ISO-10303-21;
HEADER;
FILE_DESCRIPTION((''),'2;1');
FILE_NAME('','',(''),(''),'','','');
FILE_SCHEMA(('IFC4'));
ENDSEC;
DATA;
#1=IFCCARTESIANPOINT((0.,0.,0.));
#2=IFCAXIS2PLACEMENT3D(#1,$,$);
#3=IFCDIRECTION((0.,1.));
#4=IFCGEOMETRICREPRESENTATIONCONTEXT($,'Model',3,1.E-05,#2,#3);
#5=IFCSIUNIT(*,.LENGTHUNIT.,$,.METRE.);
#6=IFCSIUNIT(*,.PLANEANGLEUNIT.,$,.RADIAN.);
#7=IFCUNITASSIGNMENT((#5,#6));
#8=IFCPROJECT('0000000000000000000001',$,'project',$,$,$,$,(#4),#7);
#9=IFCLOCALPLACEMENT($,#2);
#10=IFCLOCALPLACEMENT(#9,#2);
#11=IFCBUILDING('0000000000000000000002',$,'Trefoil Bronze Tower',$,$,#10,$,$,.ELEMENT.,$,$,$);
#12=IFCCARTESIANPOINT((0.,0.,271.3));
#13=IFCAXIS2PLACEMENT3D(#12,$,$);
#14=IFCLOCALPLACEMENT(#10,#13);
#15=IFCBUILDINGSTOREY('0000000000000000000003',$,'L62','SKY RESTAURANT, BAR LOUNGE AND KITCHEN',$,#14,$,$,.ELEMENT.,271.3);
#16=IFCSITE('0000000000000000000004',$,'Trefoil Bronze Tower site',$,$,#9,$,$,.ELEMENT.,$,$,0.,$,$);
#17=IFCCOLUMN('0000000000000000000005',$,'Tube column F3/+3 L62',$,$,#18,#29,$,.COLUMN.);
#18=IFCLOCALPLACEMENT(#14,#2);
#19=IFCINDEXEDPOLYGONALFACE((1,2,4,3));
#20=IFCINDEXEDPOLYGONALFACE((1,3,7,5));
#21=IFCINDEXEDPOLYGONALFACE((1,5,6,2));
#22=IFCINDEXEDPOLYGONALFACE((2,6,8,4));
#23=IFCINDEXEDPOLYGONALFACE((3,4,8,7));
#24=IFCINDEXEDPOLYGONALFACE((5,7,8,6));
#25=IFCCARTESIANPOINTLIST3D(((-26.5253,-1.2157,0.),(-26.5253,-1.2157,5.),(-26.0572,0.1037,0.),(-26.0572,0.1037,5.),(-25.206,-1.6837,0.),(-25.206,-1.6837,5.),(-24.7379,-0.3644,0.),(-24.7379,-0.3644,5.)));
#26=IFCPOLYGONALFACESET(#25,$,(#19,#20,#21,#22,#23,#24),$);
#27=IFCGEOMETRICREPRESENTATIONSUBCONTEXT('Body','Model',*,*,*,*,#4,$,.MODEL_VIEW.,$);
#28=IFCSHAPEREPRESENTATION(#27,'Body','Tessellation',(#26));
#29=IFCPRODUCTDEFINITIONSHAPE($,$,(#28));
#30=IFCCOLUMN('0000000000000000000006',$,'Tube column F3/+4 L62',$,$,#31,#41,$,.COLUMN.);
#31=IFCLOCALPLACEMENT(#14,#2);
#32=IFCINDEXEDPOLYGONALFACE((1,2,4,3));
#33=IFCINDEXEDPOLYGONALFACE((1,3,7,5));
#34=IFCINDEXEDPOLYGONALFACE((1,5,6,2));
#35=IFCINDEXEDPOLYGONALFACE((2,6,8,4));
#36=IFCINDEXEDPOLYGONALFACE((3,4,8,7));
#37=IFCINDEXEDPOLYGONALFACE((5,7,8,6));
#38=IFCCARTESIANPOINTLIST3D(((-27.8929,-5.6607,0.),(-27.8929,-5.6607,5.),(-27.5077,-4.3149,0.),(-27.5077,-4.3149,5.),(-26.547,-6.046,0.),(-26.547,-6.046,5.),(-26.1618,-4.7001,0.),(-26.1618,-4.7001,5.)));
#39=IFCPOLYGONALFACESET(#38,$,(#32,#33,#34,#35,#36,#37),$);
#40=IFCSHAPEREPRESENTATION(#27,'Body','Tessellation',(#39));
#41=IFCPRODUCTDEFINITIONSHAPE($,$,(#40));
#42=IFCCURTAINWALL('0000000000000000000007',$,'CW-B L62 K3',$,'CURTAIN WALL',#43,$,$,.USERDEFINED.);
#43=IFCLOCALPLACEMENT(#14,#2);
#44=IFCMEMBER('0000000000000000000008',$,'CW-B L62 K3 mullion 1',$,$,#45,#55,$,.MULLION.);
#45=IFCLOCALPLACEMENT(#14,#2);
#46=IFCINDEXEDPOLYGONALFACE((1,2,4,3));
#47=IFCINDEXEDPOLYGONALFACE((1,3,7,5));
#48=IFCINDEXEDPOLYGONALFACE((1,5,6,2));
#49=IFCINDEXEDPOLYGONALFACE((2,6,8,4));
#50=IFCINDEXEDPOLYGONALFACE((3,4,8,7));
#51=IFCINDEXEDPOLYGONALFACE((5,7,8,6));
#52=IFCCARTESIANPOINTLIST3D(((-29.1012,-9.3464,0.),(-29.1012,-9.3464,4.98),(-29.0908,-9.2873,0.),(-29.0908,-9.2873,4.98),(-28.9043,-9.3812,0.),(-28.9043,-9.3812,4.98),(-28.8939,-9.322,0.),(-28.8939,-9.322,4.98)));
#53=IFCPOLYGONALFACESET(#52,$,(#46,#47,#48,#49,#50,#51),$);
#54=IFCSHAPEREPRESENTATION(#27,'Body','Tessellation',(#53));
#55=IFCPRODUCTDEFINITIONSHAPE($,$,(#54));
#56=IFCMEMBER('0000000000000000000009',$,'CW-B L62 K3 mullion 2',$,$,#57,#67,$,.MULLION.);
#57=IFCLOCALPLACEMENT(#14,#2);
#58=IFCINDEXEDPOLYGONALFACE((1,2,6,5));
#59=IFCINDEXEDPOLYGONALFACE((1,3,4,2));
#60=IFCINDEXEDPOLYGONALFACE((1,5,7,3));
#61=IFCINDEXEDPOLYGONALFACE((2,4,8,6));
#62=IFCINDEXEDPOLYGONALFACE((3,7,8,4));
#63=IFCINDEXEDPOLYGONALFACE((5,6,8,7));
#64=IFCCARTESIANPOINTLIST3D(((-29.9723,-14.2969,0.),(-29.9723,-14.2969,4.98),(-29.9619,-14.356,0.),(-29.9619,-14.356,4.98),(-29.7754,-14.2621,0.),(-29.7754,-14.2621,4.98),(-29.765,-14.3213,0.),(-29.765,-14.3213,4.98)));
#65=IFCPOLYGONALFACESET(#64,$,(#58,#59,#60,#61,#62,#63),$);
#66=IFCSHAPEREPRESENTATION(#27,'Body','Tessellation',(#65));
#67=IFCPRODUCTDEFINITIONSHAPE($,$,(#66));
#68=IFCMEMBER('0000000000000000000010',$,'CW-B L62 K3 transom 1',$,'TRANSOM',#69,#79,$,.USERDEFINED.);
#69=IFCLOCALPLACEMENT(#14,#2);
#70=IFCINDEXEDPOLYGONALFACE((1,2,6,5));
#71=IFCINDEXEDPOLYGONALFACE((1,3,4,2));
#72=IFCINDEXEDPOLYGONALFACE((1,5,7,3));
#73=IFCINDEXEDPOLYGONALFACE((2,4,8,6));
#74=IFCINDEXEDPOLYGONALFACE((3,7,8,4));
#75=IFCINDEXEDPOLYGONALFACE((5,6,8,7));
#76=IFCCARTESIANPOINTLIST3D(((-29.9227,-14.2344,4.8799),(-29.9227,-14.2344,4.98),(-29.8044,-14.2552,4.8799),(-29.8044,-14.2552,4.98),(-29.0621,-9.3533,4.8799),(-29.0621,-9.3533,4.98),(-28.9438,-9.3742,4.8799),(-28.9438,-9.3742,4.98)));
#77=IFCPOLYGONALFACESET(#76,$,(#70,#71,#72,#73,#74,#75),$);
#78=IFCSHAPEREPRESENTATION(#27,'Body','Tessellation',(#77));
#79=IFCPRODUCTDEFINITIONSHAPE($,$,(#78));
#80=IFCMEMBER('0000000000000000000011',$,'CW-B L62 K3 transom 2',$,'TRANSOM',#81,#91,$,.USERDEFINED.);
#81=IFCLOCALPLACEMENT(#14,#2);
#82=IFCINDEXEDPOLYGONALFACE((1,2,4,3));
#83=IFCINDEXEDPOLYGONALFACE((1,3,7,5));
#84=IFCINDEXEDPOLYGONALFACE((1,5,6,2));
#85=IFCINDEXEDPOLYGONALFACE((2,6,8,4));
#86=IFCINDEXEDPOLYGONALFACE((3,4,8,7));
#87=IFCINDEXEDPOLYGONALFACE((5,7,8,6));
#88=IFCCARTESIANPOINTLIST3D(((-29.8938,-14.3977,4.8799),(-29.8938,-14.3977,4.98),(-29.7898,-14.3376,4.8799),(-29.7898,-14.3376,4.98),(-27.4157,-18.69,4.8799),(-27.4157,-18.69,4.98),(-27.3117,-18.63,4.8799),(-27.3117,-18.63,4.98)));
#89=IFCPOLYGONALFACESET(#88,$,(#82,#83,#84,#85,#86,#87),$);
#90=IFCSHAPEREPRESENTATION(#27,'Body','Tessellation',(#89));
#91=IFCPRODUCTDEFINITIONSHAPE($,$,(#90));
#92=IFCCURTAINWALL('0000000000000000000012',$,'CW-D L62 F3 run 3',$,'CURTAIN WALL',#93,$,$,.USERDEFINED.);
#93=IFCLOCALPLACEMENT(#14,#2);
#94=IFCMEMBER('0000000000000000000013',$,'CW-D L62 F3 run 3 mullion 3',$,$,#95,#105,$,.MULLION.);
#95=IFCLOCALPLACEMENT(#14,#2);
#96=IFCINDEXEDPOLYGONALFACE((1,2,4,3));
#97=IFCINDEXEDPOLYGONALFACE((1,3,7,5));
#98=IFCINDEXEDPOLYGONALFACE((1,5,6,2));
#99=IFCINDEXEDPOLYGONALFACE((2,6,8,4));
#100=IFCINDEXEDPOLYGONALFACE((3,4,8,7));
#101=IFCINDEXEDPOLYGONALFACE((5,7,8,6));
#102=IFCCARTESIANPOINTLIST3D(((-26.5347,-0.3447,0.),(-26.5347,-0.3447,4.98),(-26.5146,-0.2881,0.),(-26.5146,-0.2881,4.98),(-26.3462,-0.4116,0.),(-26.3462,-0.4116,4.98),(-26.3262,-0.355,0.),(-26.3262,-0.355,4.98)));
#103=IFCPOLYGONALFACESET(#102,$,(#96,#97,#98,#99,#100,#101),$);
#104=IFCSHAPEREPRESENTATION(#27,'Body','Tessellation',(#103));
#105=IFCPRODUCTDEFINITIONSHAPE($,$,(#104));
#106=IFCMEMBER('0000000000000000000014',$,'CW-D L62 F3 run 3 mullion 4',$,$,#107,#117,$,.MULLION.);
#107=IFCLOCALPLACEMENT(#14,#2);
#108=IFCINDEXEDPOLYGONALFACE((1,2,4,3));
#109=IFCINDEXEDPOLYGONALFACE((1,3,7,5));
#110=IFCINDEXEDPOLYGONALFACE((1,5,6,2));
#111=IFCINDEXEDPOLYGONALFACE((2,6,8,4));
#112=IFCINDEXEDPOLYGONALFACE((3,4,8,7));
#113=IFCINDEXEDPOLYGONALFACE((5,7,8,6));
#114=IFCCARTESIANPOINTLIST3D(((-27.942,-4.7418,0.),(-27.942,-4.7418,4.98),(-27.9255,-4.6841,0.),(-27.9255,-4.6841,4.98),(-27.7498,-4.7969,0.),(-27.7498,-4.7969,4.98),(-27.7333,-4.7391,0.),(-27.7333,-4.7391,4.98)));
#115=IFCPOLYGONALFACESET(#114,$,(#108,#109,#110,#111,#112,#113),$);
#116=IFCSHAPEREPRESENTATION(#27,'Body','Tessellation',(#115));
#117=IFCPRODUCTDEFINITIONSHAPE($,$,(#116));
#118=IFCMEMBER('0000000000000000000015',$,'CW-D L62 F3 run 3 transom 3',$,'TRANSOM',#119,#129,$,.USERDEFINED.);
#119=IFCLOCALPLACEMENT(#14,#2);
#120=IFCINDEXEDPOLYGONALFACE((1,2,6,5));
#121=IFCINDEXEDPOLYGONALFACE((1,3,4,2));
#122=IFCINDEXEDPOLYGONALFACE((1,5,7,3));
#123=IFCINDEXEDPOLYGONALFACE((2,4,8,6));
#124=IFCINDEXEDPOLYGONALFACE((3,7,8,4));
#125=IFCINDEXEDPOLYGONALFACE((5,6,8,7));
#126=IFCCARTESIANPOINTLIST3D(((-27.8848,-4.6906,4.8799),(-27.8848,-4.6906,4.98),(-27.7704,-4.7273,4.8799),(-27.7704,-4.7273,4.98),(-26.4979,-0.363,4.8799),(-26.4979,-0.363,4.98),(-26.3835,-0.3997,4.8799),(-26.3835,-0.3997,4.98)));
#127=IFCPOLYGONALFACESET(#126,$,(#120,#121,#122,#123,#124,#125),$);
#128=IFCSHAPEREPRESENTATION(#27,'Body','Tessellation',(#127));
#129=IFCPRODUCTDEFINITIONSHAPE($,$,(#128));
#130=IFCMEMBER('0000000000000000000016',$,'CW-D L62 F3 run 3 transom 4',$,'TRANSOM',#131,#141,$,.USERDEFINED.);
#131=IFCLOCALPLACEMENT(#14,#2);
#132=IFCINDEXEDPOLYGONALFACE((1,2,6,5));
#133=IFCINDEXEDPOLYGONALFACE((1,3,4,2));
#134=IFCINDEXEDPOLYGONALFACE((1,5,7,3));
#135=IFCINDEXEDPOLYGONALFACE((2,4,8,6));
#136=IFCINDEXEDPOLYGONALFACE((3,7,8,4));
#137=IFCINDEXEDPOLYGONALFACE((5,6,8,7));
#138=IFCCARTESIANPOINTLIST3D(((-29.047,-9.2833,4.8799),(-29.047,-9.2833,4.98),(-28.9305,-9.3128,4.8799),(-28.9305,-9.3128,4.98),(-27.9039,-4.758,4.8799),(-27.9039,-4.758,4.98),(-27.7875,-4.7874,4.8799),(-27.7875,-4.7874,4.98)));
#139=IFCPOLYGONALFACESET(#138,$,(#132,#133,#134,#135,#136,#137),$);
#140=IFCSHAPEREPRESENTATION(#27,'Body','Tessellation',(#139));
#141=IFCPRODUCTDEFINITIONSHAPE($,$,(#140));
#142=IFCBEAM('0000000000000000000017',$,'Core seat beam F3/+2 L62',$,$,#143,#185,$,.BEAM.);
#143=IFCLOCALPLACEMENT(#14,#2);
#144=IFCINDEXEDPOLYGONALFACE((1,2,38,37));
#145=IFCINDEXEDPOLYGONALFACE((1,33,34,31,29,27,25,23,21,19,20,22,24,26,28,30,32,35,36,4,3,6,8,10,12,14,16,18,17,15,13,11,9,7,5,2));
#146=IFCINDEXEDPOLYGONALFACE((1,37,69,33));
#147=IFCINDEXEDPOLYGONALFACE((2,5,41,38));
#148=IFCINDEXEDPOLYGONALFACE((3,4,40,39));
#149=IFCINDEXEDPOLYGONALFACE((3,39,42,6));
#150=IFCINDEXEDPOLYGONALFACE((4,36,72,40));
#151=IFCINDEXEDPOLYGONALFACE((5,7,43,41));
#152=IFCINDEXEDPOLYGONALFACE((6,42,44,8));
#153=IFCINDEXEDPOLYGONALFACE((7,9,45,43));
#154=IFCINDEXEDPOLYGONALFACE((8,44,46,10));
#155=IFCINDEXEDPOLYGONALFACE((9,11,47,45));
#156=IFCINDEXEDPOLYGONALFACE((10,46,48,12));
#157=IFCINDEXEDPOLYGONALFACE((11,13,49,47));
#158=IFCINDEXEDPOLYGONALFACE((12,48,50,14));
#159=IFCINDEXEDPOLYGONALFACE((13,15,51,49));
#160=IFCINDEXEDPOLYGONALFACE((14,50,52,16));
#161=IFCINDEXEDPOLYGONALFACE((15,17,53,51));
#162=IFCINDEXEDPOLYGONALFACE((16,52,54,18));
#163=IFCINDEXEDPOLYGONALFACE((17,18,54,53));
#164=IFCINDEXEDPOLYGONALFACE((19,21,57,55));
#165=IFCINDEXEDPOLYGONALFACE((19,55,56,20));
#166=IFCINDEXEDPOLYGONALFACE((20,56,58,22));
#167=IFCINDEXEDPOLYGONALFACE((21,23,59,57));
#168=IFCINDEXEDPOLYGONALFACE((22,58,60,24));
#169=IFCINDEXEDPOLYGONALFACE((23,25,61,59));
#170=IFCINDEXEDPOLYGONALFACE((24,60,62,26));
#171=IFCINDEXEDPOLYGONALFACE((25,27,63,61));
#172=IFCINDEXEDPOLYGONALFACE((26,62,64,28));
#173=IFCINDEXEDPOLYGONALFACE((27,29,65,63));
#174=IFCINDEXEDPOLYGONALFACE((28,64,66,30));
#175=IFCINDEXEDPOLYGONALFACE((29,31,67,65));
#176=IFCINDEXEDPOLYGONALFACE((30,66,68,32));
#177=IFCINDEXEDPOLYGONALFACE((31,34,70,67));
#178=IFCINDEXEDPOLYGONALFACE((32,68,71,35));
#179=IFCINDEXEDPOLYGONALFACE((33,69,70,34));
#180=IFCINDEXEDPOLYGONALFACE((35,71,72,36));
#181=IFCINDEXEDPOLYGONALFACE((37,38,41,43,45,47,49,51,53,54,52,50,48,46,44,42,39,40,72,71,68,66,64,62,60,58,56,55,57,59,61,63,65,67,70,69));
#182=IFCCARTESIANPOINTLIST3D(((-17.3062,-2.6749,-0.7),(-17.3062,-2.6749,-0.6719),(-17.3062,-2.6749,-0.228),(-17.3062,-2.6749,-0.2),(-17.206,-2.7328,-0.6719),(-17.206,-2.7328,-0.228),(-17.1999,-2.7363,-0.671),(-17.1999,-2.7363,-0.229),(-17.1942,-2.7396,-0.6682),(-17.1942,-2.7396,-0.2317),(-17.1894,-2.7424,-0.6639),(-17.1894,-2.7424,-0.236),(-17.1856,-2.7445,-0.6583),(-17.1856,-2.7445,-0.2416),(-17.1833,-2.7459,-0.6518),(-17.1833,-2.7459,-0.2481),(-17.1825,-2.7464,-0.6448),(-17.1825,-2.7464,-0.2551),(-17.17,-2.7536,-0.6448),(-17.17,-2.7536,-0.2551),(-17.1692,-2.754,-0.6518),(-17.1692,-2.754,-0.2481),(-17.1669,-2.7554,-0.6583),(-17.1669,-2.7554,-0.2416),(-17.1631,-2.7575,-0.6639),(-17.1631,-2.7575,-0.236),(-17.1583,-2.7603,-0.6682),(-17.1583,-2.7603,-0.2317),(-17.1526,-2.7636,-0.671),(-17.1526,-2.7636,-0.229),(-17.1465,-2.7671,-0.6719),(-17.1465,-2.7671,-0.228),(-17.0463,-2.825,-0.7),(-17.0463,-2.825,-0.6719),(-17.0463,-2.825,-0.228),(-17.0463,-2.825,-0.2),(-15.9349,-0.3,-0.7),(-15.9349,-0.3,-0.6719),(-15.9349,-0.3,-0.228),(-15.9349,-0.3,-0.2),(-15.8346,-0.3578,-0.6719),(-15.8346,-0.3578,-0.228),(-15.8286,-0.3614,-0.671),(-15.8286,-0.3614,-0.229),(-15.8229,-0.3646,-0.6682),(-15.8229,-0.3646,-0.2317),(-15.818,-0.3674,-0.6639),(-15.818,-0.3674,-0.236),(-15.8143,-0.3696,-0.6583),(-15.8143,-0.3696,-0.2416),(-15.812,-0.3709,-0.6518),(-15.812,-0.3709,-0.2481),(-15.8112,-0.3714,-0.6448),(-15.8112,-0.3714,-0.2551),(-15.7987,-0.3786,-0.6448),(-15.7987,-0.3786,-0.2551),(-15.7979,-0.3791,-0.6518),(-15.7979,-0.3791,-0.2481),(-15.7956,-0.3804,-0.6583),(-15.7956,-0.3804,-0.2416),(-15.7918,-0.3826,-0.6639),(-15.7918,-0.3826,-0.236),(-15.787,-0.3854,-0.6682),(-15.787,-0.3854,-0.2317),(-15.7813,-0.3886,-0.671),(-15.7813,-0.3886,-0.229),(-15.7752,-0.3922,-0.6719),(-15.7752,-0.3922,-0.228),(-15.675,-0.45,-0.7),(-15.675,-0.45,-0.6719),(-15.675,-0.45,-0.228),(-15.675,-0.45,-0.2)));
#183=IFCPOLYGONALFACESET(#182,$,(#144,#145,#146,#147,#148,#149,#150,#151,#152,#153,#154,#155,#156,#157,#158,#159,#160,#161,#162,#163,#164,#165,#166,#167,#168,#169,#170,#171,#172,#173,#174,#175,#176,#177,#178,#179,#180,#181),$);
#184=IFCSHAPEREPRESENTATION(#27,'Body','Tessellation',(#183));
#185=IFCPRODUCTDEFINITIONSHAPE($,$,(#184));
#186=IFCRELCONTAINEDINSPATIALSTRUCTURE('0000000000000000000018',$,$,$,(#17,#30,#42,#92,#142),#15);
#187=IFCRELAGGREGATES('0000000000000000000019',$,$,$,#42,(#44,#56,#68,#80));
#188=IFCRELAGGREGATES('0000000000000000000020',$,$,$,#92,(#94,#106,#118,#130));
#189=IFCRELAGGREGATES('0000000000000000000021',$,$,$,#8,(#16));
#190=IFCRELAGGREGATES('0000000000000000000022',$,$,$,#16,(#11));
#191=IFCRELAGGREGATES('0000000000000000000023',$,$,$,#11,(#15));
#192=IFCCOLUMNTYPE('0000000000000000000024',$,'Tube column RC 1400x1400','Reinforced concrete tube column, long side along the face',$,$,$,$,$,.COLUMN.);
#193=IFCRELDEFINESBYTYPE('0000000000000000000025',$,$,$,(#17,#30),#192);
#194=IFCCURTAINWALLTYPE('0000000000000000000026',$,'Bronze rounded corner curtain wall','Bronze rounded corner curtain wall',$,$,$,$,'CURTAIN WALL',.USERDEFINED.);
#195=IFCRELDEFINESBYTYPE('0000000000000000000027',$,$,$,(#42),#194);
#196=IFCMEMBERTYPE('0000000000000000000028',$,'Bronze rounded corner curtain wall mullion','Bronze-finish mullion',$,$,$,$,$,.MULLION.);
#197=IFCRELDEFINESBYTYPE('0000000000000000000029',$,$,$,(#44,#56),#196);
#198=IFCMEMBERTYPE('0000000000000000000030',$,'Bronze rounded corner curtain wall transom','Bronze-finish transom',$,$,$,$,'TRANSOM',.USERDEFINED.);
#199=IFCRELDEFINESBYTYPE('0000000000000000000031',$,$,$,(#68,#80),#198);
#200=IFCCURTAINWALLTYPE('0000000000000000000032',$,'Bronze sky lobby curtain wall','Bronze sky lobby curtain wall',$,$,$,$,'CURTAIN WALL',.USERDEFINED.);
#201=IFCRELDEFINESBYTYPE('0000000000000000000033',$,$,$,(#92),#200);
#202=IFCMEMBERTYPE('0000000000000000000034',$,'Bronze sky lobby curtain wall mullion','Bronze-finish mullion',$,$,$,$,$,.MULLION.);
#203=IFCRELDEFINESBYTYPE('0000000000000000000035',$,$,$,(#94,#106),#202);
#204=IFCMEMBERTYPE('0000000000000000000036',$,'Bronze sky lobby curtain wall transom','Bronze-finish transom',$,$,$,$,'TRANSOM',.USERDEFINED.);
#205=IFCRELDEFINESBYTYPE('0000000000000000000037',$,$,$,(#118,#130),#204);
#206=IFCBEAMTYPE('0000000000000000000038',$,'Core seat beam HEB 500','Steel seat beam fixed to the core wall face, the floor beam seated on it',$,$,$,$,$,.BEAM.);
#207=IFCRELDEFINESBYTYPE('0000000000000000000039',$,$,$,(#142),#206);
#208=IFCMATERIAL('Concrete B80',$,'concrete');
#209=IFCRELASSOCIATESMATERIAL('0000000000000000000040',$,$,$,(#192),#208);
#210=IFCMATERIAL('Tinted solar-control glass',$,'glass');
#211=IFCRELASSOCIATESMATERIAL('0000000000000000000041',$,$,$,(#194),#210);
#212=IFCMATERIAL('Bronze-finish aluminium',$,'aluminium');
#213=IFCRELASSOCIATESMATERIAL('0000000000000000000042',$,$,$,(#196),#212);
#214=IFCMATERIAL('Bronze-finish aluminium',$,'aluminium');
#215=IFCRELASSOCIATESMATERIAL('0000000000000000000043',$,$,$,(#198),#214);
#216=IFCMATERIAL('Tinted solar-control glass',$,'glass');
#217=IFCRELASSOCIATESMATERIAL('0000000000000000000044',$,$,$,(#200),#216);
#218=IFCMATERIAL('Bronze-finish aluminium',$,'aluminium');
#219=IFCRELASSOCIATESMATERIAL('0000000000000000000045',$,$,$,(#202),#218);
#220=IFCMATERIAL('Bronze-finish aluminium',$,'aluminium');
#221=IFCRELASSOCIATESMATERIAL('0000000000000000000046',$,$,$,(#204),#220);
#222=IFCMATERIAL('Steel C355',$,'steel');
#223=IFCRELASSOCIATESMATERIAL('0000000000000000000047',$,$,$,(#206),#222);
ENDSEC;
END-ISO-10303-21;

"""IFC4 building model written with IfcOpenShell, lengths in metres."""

from ifc_helpers import new_model, si_unit, direction, frame, origin, origin_2d, place, context, subcontext, project, spatial, rectangle, i_section, extrude, material, material_profile, profile_set, type_object, element, aggregate, save


model = new_model("IFC4")

# Units and contexts
model_context = context("Model", 3, precision=1e-05, world=origin(), true_north=direction((0.0, 1.0)))
body_context = subcontext(model_context, "Body", "Model", "MODEL_VIEW")
ifc_project = project(units=[si_unit("LENGTHUNIT", "METRE"), si_unit("PLANEANGLEUNIT", "RADIAN")], contexts=[model_context])

# Site, building, storey
site_placement = place(None, origin())
site = spatial("IfcSite", under=ifc_project, at=site_placement, Name="Trefoil Bronze Tower site", CompositionType="ELEMENT", RefElevation=0.0)
building_placement = place(site_placement, origin())
building = spatial("IfcBuilding", under=site, at=building_placement, Name="Trefoil Bronze Tower", CompositionType="ELEMENT")
storey_placement = place(building_placement, frame((0.0, 0.0, 271.3)))
storey = spatial("IfcBuildingStorey", under=building, at=storey_placement, Name="L62", Description="SKY RESTAURANT, BAR LOUNGE AND KITCHEN", CompositionType="ELEMENT", Elevation=271.3)

# Columns
ifc_material_1 = material(Name="Concrete B80", Category="concrete")
ifc_material_profile_1 = material_profile(ifc_material_1, rectangle(XDim=1.3999, YDim=1.3999, at=origin_2d()), Name="RC 1400x1400")
ifc_profile_set_1 = profile_set([ifc_material_profile_1], Name="Concrete B80")
column_type = type_object("IfcColumnType", Name="Tube column RC 1400x1400", Description="Reinforced concrete tube column, long side along the face", PredefinedType="COLUMN", material=ifc_profile_set_1)
for number, where, z_axis, x_axis, name in (
    (1, (-25.6316, -0.79, 0.0), (0.0, 0.0, 1.0), (-0.334352, -0.942448, 0.0), "Tube column F3/+3 L62"),
    (2, (-27.0273, -5.1804, 0.0), (0.0, 0.0, 1.0), (-0.275169, -0.961396, 0.0), "Tube column F3/+4 L62"),
):
    element("IfcColumn", number, at=place(storey_placement, frame(where, z_axis=z_axis, x_axis=x_axis)), inside=storey, type_object=column_type, Name=name, PredefinedType="COLUMN", context=body_context, shape_type="SweptSolid", body=[
        extrude(rectangle(XDim=1.3999, YDim=1.3999, at=origin_2d()), origin(), (0.0, 0.0, 1.0), 5.0),
    ])

# Curtain walls, members
ifc_material_2 = material(Name="Tinted solar-control glass", Category="glass")
curtain_wall_type_1 = type_object("IfcCurtainWallType", Name="Bronze rounded corner curtain wall", Description="Bronze rounded corner curtain wall", ElementType="CURTAIN WALL", PredefinedType="USERDEFINED", material=ifc_material_2)
curtain_wall_1_placement = place(storey_placement, origin())
curtain_wall_1 = element("IfcCurtainWall", 3, at=curtain_wall_1_placement, inside=storey, type_object=curtain_wall_type_1, Name="CW-B L62 K3", ObjectType="CURTAIN WALL", PredefinedType="USERDEFINED")
ifc_material_3 = material(Name="Bronze-finish aluminium", Category="aluminium")
ifc_material_profile_2 = material_profile(ifc_material_3, rectangle(XDim=0.2, YDim=0.0601, at=origin_2d()), Name="CW-B mullion")
ifc_profile_set_2 = profile_set([ifc_material_profile_2], Name="Bronze-finish aluminium")
member_type_1 = type_object("IfcMemberType", Name="Bronze rounded corner curtain wall mullion", Description="Bronze-finish mullion", PredefinedType="MULLION", material=ifc_profile_set_2)
member_1_placement = place(storey_placement, frame((-28.9976, -9.3342, 0.0), z_axis=(0.0, 0.0, 1.0), x_axis=(0.984808, -0.173648, 0.0)))
member_1 = element("IfcMember", 4, at=member_1_placement, type_object=member_type_1, Name="CW-B L62 K3 mullion 1", PredefinedType="MULLION", context=body_context, shape_type="SweptSolid", body=[
    extrude(rectangle(XDim=0.2, YDim=0.0601, at=origin_2d()), origin(), (0.0, 0.0, 1.0), 4.98),
])
member_2_placement = place(storey_placement, frame((-29.8687, -14.3091, 0.0), z_axis=(0.0, 0.0, 1.0), x_axis=(0.984808, 0.173648, 0.0)))
member_2 = element("IfcMember", 5, at=member_2_placement, type_object=member_type_1, Name="CW-B L62 K3 mullion 2", PredefinedType="MULLION", context=body_context, shape_type="SweptSolid", body=[
    extrude(rectangle(XDim=0.2, YDim=0.0601, at=origin_2d()), origin(), (0.0, 0.0, 1.0), 4.98),
])
ifc_material_4 = material(Name="Bronze-finish aluminium", Category="aluminium")
ifc_material_profile_3 = material_profile(ifc_material_4, rectangle(XDim=0.1201, YDim=0.1001, at=origin_2d()), Name="CW-B transom")
ifc_profile_set_3 = profile_set([ifc_material_profile_3], Name="Bronze-finish aluminium")
member_type_2 = type_object("IfcMemberType", Name="Bronze rounded corner curtain wall transom", Description="Bronze-finish transom", ElementType="TRANSOM", PredefinedType="USERDEFINED", material=ifc_profile_set_3)
member_3_placement = place(storey_placement, frame((-29.0029, -9.3638, 4.9299), z_axis=(-0.173634, -0.98481, 0.0), x_axis=(0.98481, -0.173634, 0.0)))
member_3 = element("IfcMember", 6, at=member_3_placement, type_object=member_type_2, Name="CW-B L62 K3 transom 1", ObjectType="TRANSOM", PredefinedType="USERDEFINED", context=body_context, shape_type="SweptSolid", body=[
    extrude(rectangle(XDim=0.1201, YDim=0.1001, at=origin_2d()), origin(), (0.0, 0.0, 1.0), 4.9563),
])
member_4_placement = place(storey_placement, frame((-29.8418, -14.3677, 4.9299), z_axis=(0.499985, -0.866034, 0.0), x_axis=(0.866034, 0.499985, 0.0)))
member_4 = element("IfcMember", 7, at=member_4_placement, type_object=member_type_2, Name="CW-B L62 K3 transom 2", ObjectType="TRANSOM", PredefinedType="USERDEFINED", context=body_context, shape_type="SweptSolid", body=[
    extrude(rectangle(XDim=0.1201, YDim=0.1001, at=origin_2d()), origin(), (0.0, 0.0, 1.0), 4.9563),
])
ifc_material_5 = material(Name="Tinted solar-control glass", Category="glass")
curtain_wall_type_2 = type_object("IfcCurtainWallType", Name="Bronze sky lobby curtain wall", Description="Bronze sky lobby curtain wall", ElementType="CURTAIN WALL", PredefinedType="USERDEFINED", material=ifc_material_5)
curtain_wall_2_placement = place(storey_placement, origin())
curtain_wall_2 = element("IfcCurtainWall", 8, at=curtain_wall_2_placement, inside=storey, type_object=curtain_wall_type_2, Name="CW-D L62 F3 run 3", ObjectType="CURTAIN WALL", PredefinedType="USERDEFINED")
ifc_material_6 = material(Name="Bronze-finish aluminium", Category="aluminium")
ifc_material_profile_4 = material_profile(ifc_material_6, rectangle(XDim=0.2, YDim=0.0601, at=origin_2d()), Name="CW-D mullion")
ifc_profile_set_4 = profile_set([ifc_material_profile_4], Name="Bronze-finish aluminium")
member_type_3 = type_object("IfcMemberType", Name="Bronze sky lobby curtain wall mullion", Description="Bronze-finish mullion", PredefinedType="MULLION", material=ifc_profile_set_4)
member_5_placement = place(storey_placement, frame((-26.4304, -0.3499, 0.0), z_axis=(0.0, 0.0, 1.0), x_axis=(0.942448, -0.334352, 0.0)))
member_5 = element("IfcMember", 9, at=member_5_placement, type_object=member_type_3, Name="CW-D L62 F3 run 3 mullion 3", PredefinedType="MULLION", context=body_context, shape_type="SweptSolid", body=[
    extrude(rectangle(XDim=0.2, YDim=0.0601, at=origin_2d()), origin(), (0.0, 0.0, 1.0), 4.98),
])
member_6_placement = place(storey_placement, frame((-27.8376, -4.7405, 0.0), z_axis=(0.0, 0.0, 1.0), x_axis=(0.961396, -0.275169, 0.0)))
member_6 = element("IfcMember", 10, at=member_6_placement, type_object=member_type_3, Name="CW-D L62 F3 run 3 mullion 4", PredefinedType="MULLION", context=body_context, shape_type="SweptSolid", body=[
    extrude(rectangle(XDim=0.2, YDim=0.0601, at=origin_2d()), origin(), (0.0, 0.0, 1.0), 4.98),
])
ifc_material_7 = material(Name="Bronze-finish aluminium", Category="aluminium")
ifc_material_profile_5 = material_profile(ifc_material_7, rectangle(XDim=0.1201, YDim=0.1001, at=origin_2d()), Name="CW-D transom")
ifc_profile_set_5 = profile_set([ifc_material_profile_5], Name="Bronze-finish aluminium")
member_type_4 = type_object("IfcMemberType", Name="Bronze sky lobby curtain wall transom", Description="Bronze-finish transom", ElementType="TRANSOM", PredefinedType="USERDEFINED", material=ifc_profile_set_5)
member_7_placement = place(storey_placement, frame((-26.4407, -0.3813, 4.9299), z_axis=(-0.305199, -0.952289, 0.0), x_axis=(0.952289, -0.305199, 0.0)))
member_7 = element("IfcMember", 11, at=member_7_placement, type_object=member_type_4, Name="CW-D L62 F3 run 3 transom 3", ObjectType="TRANSOM", PredefinedType="USERDEFINED", context=body_context, shape_type="SweptSolid", body=[
    extrude(rectangle(XDim=0.1201, YDim=0.1001, at=origin_2d()), origin(), (0.0, 0.0, 1.0), 4.5444),
])
member_8_placement = place(storey_placement, frame((-27.8457, -4.7727, 4.9299), z_axis=(-0.244898, -0.969549, 0.0), x_axis=(0.969549, -0.244898, 0.0)))
member_8 = element("IfcMember", 12, at=member_8_placement, type_object=member_type_4, Name="CW-D L62 F3 run 3 transom 4", ObjectType="TRANSOM", PredefinedType="USERDEFINED", context=body_context, shape_type="SweptSolid", body=[
    extrude(rectangle(XDim=0.1201, YDim=0.1001, at=origin_2d()), origin(), (0.0, 0.0, 1.0), 4.6675),
])

# Beam
ifc_material_8 = material(Name="Steel C355", Category="steel")
ifc_material_profile_6 = material_profile(ifc_material_8, i_section(OverallWidth=0.3, OverallDepth=0.5, WebThickness=0.0144, FlangeThickness=0.0281, FilletRadius=0.0271, at=origin_2d()), Name="HEB 500")
ifc_profile_set_6 = profile_set([ifc_material_profile_6], Name="Steel C355")
beam_type_1 = type_object("IfcBeamType", Name="Core seat beam HEB 500", Description="Steel seat beam fixed to the core wall face, the floor beam seated on it", PredefinedType="BEAM", material=ifc_profile_set_6)
beam_1_placement = place(storey_placement, frame((-15.8049, -0.375, -0.45), z_axis=(-0.500036, -0.866005, 0.0), x_axis=(0.866005, -0.500036, 0.0)))
element("IfcBeam", 13, at=beam_1_placement, inside=storey, type_object=beam_type_1, Name="Core seat beam F3/+2 L62", PredefinedType="BEAM", context=body_context, shape_type="SweptSolid", body=[
    extrude(i_section(OverallWidth=0.3, OverallDepth=0.5, WebThickness=0.0144, FlangeThickness=0.0281, FilletRadius=0.0271, at=origin_2d()), origin(), (0.0, 0.0, 1.0), 2.7424),
])

aggregate(curtain_wall_1, [member_1, member_2, member_3, member_4])
aggregate(curtain_wall_2, [member_5, member_6, member_7, member_8])

save(model, "model.ifc")
